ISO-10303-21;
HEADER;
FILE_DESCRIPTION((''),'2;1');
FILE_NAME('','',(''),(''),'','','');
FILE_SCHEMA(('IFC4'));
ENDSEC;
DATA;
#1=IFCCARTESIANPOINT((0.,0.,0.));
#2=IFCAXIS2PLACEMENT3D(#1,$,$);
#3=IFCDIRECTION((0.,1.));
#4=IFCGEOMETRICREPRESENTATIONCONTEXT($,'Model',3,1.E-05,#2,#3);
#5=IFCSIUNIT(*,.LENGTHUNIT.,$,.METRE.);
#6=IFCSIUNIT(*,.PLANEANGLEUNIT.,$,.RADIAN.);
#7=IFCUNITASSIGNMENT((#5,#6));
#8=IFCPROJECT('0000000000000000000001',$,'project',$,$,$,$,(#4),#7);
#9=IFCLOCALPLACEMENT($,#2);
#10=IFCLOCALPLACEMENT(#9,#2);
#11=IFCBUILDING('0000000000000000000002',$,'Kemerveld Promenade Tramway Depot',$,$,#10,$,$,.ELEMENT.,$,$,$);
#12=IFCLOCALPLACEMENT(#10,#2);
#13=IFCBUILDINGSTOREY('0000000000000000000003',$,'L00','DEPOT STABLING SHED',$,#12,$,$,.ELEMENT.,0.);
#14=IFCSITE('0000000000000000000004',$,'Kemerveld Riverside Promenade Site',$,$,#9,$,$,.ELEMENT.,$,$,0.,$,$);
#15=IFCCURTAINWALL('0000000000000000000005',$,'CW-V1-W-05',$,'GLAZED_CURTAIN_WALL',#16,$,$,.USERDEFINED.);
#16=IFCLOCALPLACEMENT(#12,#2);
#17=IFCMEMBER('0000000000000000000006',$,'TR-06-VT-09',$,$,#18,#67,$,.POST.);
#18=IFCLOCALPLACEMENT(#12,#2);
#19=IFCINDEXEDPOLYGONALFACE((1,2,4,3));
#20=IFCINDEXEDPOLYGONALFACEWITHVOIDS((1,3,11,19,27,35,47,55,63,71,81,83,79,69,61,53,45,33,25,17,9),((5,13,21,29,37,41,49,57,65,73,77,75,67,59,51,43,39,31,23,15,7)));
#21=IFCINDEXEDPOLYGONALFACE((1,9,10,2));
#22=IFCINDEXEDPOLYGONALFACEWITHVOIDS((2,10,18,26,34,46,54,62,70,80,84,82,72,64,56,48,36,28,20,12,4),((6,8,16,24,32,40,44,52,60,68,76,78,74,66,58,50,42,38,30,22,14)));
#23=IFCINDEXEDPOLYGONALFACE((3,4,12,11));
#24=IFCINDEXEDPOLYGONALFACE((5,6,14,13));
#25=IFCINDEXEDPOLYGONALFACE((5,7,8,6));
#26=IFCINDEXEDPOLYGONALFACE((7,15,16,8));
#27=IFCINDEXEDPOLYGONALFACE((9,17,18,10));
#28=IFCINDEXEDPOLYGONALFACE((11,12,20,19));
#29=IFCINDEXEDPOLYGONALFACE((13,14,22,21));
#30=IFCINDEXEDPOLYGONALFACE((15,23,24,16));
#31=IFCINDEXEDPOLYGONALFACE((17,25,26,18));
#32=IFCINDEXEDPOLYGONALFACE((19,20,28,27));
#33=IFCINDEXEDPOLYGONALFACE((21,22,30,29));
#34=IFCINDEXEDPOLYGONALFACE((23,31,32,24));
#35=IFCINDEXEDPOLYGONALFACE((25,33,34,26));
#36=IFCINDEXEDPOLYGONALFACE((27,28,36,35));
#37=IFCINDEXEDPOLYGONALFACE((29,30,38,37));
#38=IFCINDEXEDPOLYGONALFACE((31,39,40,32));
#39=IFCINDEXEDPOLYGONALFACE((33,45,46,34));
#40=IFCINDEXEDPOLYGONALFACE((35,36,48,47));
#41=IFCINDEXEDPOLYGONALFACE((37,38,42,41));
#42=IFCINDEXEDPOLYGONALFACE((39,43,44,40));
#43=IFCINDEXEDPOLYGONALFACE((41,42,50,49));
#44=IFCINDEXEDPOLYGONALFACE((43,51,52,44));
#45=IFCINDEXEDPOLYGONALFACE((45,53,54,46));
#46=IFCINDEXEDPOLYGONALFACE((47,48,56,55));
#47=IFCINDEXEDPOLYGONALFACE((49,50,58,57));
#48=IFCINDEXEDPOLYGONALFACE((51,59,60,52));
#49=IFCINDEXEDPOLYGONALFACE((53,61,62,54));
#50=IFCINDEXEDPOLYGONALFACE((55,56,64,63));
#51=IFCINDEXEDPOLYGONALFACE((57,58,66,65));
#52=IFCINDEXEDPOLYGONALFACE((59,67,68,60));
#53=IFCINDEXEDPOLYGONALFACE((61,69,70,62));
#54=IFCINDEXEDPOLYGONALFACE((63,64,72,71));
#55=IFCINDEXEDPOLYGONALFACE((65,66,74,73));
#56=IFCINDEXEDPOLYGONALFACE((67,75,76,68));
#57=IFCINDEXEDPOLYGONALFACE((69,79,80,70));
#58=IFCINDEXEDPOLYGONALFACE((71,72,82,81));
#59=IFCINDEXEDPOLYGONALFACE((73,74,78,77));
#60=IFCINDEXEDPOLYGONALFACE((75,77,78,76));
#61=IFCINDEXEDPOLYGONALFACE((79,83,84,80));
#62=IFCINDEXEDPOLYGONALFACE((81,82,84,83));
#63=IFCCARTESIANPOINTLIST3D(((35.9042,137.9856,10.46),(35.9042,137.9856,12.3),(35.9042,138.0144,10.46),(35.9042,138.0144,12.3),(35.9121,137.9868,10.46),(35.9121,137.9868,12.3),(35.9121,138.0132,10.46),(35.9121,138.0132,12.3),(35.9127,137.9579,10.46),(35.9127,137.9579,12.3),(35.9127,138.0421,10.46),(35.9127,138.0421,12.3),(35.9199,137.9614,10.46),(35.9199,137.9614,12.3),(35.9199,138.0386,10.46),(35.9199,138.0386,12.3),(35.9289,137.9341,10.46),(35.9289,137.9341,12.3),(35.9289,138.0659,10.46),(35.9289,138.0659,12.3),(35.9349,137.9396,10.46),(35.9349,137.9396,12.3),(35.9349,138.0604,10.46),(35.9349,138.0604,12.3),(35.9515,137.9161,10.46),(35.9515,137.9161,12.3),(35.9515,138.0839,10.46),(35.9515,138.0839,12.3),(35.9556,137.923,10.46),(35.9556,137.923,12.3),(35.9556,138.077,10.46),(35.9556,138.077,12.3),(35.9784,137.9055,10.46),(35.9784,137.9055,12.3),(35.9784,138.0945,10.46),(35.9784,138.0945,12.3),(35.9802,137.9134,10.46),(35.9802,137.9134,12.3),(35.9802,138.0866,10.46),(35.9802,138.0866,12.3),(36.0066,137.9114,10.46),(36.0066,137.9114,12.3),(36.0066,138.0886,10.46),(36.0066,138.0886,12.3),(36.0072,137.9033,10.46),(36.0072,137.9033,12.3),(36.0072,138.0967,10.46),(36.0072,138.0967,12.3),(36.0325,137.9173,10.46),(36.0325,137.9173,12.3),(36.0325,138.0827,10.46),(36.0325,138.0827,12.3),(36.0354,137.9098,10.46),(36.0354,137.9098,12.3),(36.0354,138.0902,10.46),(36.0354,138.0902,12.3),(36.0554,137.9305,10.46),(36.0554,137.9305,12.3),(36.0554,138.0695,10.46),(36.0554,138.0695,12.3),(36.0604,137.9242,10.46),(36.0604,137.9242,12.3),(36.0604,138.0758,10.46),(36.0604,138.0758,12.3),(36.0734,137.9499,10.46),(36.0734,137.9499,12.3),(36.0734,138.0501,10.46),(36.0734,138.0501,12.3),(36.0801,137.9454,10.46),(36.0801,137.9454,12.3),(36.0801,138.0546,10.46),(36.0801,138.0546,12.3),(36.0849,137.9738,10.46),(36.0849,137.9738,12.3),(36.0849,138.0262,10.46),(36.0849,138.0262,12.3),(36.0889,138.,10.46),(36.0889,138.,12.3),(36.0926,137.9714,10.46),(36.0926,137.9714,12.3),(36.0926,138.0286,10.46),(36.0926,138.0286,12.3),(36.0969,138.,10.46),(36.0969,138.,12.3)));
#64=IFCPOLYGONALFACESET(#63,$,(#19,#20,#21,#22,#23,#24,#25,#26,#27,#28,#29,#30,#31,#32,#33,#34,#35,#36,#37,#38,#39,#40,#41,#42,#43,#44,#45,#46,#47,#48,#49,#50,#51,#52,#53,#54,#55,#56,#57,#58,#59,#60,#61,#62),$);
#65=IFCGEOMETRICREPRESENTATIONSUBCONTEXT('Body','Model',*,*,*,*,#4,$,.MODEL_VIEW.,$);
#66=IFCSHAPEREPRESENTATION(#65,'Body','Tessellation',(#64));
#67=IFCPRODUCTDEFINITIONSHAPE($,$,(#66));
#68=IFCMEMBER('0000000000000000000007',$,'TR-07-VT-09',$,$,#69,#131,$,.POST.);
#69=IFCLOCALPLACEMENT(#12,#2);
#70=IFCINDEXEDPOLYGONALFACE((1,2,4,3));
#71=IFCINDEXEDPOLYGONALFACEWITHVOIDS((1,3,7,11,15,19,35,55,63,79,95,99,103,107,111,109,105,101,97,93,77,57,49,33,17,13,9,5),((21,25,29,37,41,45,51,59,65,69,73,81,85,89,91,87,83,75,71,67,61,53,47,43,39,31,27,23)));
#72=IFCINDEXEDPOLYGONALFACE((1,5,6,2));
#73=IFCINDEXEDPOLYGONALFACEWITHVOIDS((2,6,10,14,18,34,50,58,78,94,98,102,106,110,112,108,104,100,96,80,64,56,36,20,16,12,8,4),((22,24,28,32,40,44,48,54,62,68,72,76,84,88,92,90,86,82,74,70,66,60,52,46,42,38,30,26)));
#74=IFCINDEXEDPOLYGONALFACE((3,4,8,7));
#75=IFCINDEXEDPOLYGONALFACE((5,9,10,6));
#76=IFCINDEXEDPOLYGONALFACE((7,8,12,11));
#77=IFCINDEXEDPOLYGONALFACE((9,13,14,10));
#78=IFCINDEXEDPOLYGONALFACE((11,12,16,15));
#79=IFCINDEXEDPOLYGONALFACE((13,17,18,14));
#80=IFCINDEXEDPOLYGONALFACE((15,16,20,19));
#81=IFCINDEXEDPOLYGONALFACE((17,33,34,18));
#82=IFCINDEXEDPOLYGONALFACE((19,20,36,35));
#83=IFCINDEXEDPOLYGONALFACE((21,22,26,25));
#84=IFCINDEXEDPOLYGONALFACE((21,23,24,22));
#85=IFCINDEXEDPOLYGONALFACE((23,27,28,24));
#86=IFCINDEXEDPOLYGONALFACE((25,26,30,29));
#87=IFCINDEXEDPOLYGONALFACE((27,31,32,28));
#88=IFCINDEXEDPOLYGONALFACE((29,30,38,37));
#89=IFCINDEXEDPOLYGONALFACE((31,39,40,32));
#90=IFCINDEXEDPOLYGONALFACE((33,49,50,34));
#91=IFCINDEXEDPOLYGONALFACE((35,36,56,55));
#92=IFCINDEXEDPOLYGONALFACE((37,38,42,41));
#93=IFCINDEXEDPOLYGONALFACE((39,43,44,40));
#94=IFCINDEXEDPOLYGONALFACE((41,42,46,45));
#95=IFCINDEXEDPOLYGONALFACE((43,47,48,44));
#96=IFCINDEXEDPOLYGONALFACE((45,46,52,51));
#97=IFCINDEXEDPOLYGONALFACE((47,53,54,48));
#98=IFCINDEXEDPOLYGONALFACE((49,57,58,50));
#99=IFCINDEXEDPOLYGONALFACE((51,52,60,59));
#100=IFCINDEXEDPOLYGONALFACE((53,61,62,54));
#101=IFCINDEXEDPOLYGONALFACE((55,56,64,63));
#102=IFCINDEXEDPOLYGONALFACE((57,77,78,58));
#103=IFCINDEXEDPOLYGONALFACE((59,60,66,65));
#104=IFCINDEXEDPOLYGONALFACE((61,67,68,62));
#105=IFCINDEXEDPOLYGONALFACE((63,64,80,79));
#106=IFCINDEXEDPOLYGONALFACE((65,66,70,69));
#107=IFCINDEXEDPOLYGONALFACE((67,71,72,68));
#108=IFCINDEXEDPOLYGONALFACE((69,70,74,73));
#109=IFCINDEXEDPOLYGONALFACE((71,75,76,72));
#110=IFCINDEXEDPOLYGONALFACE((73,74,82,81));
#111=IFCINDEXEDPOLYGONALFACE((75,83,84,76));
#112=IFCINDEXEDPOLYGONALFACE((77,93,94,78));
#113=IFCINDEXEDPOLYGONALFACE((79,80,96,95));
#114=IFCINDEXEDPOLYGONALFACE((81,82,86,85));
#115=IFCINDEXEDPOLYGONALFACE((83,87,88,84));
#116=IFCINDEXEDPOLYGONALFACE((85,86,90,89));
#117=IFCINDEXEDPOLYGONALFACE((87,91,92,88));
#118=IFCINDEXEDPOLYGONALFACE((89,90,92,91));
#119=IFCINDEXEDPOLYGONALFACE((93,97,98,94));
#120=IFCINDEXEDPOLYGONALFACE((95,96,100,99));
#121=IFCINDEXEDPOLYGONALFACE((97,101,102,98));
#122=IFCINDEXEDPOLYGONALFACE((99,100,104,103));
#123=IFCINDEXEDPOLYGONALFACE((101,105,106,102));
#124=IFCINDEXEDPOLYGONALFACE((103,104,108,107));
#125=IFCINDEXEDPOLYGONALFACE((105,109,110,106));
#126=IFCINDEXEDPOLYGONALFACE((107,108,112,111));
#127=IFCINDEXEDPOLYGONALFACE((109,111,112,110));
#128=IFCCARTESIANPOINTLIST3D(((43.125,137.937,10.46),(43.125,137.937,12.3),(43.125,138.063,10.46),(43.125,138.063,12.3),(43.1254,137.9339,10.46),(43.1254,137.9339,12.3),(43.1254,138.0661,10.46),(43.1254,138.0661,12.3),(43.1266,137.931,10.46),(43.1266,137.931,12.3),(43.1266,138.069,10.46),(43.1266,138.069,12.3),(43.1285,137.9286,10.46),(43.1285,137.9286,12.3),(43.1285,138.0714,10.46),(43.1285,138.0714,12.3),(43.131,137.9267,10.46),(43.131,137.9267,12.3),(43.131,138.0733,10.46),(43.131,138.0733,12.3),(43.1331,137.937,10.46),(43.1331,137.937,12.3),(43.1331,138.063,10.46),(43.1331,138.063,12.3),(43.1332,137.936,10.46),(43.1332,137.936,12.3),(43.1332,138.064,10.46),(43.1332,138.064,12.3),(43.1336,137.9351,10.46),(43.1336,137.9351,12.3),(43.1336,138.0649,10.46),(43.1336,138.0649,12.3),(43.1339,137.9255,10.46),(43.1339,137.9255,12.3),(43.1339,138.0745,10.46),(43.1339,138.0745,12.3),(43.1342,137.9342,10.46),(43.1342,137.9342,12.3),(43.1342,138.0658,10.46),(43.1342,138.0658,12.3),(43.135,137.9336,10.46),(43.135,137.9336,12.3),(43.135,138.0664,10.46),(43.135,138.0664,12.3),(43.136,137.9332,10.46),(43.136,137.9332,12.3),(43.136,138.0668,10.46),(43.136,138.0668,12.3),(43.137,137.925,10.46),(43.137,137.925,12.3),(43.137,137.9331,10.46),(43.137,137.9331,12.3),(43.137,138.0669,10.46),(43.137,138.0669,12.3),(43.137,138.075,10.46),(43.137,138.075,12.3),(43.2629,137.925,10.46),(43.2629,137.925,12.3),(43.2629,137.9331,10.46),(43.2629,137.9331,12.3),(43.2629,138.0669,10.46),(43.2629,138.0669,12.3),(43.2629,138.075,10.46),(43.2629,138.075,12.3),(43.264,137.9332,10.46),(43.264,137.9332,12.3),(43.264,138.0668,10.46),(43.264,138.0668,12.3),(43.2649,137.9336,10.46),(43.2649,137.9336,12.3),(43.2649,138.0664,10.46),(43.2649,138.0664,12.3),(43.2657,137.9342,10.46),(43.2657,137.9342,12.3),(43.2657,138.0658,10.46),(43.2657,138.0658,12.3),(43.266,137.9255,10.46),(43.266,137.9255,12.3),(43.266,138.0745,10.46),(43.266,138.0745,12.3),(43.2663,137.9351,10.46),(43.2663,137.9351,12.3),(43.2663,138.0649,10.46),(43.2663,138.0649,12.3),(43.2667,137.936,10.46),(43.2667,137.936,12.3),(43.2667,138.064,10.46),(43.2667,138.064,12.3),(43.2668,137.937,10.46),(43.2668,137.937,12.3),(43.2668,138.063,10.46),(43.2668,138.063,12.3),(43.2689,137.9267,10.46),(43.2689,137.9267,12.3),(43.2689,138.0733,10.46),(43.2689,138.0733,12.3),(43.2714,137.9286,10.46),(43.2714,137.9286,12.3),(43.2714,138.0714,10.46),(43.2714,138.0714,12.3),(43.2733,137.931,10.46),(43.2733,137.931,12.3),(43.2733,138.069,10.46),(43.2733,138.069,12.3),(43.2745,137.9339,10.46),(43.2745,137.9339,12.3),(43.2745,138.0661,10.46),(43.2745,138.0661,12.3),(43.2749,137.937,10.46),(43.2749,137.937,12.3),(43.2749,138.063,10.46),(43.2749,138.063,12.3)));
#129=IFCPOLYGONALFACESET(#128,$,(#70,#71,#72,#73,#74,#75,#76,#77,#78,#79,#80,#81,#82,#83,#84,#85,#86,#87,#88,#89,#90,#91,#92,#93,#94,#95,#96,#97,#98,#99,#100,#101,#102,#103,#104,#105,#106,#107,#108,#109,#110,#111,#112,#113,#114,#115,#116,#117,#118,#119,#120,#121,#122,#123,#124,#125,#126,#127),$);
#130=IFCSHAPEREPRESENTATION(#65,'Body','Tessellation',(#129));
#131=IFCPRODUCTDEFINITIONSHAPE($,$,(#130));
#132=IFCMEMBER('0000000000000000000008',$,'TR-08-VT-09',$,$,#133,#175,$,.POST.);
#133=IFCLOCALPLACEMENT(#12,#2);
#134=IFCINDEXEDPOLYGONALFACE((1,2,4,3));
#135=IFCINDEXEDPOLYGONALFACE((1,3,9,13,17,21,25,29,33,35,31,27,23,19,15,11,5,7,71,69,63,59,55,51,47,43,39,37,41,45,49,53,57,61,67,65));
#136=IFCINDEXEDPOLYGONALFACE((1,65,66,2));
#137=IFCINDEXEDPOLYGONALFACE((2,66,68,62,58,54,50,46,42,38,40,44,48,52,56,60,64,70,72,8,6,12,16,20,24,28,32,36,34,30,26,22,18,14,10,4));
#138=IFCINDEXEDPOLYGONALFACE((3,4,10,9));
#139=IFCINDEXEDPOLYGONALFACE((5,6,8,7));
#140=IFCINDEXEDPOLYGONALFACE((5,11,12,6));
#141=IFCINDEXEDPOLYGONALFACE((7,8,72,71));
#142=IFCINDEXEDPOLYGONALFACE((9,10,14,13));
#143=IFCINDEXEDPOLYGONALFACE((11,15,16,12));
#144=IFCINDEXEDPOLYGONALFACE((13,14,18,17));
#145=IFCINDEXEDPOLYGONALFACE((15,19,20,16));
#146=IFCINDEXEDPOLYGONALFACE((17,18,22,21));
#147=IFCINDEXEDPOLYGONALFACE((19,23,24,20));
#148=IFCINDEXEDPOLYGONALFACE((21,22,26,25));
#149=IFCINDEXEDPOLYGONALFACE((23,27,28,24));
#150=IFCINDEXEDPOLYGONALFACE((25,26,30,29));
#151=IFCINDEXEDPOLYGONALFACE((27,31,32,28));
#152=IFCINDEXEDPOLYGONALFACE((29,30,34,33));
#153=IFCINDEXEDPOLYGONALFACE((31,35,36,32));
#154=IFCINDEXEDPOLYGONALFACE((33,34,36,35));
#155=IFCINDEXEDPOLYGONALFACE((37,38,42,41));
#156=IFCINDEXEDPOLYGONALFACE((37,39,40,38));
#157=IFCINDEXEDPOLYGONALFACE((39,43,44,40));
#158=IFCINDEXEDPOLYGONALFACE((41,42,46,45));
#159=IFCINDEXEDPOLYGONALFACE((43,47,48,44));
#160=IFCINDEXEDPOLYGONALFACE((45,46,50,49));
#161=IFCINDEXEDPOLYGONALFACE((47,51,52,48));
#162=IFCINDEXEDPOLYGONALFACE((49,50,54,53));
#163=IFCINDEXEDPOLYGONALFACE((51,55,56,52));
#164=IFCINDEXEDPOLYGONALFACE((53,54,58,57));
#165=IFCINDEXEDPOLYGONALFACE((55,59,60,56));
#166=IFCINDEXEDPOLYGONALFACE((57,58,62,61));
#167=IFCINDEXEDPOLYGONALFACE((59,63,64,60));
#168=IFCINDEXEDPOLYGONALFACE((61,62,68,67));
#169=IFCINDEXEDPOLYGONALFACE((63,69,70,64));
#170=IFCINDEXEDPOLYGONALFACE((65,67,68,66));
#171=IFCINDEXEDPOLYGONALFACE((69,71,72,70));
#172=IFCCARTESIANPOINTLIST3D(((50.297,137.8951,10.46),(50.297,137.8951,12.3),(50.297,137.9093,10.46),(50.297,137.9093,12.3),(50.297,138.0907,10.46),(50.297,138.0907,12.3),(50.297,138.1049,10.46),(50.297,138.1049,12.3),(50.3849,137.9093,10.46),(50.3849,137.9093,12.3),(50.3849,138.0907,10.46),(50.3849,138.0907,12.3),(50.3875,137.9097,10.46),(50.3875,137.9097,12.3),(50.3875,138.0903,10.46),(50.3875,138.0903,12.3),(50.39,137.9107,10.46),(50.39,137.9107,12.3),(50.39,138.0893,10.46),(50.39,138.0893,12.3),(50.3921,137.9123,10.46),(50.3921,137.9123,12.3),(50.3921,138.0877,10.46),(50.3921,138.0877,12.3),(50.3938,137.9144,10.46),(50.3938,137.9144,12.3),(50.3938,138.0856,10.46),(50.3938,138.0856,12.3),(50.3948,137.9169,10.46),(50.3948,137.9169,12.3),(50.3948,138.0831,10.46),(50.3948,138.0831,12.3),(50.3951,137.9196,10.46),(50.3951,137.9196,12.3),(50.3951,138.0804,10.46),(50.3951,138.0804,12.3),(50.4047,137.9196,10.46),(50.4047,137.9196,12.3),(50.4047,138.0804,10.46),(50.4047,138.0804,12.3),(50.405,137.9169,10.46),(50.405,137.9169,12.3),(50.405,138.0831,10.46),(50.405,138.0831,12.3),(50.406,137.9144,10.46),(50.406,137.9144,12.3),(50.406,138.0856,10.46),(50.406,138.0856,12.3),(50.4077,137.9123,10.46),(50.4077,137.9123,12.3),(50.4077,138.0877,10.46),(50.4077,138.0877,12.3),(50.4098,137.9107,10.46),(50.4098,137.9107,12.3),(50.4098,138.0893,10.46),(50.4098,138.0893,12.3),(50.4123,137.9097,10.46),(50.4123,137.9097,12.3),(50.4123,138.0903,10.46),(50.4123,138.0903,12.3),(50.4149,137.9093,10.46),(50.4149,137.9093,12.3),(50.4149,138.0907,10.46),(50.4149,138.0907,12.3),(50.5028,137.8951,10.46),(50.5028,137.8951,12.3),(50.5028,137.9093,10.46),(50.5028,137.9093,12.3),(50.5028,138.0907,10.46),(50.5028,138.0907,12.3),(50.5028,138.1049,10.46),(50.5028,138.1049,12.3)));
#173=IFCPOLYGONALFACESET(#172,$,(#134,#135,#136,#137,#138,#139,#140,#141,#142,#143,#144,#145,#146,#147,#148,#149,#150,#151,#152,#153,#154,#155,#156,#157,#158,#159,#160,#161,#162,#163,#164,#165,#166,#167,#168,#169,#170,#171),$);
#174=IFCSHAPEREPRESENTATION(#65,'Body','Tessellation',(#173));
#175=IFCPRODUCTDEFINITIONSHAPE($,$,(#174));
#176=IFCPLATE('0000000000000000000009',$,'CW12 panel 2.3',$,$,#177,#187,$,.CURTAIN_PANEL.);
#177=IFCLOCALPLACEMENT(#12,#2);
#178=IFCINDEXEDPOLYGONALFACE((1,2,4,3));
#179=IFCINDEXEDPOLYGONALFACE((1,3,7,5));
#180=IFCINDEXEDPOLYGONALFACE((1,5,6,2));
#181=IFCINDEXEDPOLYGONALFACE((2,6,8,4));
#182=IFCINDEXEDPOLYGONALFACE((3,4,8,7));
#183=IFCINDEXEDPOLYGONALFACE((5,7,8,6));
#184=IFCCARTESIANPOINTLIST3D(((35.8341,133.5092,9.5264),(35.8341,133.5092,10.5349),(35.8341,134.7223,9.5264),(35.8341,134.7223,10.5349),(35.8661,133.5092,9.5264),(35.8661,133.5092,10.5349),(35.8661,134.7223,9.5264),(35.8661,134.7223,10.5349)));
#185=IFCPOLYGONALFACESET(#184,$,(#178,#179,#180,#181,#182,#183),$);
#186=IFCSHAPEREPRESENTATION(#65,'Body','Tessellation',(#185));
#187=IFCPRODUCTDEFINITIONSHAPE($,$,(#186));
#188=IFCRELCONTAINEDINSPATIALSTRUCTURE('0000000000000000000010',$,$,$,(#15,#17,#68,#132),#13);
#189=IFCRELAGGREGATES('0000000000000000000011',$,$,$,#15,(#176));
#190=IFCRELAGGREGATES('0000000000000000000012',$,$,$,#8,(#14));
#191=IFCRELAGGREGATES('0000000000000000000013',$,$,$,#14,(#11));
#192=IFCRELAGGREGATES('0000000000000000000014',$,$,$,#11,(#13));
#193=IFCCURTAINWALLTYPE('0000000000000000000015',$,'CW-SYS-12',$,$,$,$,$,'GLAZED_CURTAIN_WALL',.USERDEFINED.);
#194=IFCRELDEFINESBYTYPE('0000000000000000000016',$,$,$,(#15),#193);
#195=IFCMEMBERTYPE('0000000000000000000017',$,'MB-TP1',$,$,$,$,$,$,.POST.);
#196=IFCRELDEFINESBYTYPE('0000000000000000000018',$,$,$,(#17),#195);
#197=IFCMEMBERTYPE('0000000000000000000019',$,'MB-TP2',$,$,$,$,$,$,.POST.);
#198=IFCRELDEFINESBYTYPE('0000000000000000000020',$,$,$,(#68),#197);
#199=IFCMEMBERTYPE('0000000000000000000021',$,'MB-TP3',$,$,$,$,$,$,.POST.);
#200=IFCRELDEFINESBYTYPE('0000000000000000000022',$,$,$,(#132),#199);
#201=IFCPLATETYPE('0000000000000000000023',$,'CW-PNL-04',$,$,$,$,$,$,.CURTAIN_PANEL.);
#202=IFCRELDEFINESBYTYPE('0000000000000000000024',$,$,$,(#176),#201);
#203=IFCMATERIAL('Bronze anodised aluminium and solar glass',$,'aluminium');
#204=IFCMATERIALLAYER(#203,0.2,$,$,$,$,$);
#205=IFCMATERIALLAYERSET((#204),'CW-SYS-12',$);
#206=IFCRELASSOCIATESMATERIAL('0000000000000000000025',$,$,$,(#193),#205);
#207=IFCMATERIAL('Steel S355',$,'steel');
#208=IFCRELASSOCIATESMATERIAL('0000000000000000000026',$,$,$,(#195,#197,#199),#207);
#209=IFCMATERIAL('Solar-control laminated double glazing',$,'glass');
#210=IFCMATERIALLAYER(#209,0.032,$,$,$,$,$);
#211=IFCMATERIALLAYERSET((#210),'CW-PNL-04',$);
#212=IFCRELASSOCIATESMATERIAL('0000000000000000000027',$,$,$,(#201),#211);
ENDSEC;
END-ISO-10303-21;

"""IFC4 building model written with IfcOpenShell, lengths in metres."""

from ifc_helpers import new_model, si_unit, direction, frame, origin, origin_2d, place, context, subcontext, project, spatial, rectangle, hollow_rectangle, hollow_circle, i_section, extrude, material, layer, layer_set, material_profile, profile_set, type_object, element, aggregate, save


model = new_model("IFC4")

# Units and contexts
model_context = context("Model", 3, precision=1e-05, world=origin(), true_north=direction((0.0, 1.0)))
body_context = subcontext(model_context, "Body", "Model", "MODEL_VIEW")
ifc_project = project(units=[si_unit("LENGTHUNIT", "METRE"), si_unit("PLANEANGLEUNIT", "RADIAN")], contexts=[model_context])

# Site, building, storey
site_placement = place(None, origin())
site = spatial("IfcSite", under=ifc_project, at=site_placement, Name="Kemerveld Riverside Promenade Site", CompositionType="ELEMENT", RefElevation=0.0)
building_placement = place(site_placement, origin())
building = spatial("IfcBuilding", under=site, at=building_placement, Name="Kemerveld Promenade Tramway Depot", CompositionType="ELEMENT")
storey_placement = place(building_placement, origin())
storey = spatial("IfcBuildingStorey", under=building, at=storey_placement, Name="L00", Description="DEPOT STABLING SHED", CompositionType="ELEMENT", Elevation=0.0)

# Curtain wall
ifc_material_1 = material(Name="Bronze anodised aluminium and solar glass", Category="aluminium")
ifc_layer_1 = layer(ifc_material_1, 0.2)
ifc_layer_set_1 = layer_set([ifc_layer_1], Name="CW-SYS-12")
curtain_wall_type = type_object("IfcCurtainWallType", Name="CW-SYS-12", ElementType="GLAZED_CURTAIN_WALL", PredefinedType="USERDEFINED", material=ifc_layer_set_1)
curtain_wall_placement = place(storey_placement, origin())
curtain_wall = element("IfcCurtainWall", 1, at=curtain_wall_placement, inside=storey, type_object=curtain_wall_type, Name="CW-V1-W-05", ObjectType="GLAZED_CURTAIN_WALL", PredefinedType="USERDEFINED")

# Members
ifc_material_2 = material(Name="Steel S355", Category="steel")
ifc_material_profile_1 = material_profile(ifc_material_2, hollow_circle(Radius=0.0969, WallThickness=0.0081, at=origin_2d()), Name="193.7x8.0 CHS")
ifc_profile_set_1 = profile_set([ifc_material_profile_1], Name="Steel S355")
member_type_1 = type_object("IfcMemberType", Name="MB-TP1", PredefinedType="POST", material=ifc_profile_set_1)
member_1_placement = place(storey_placement, frame((36.0, 138.0, 10.46), z_axis=(0.0, 0.0, 1.0), x_axis=(1.0, 0.0, 0.0)))
element("IfcMember", 2, at=member_1_placement, inside=storey, type_object=member_type_1, Name="TR-06-VT-09", PredefinedType="POST", context=body_context, shape_type="SweptSolid", body=[
    extrude(hollow_circle(Radius=0.0969, WallThickness=0.0081, at=origin_2d()), origin(), (0.0, 0.0, 1.0), 1.8401),
])
ifc_material_profile_2 = material_profile(ifc_material_2, hollow_rectangle(XDim=0.1499, YDim=0.1499, WallThickness=0.0081, InnerFilletRadius=0.0039, OuterFilletRadius=0.012, at=origin_2d()), Name="150x150x8.0 SHS")
ifc_profile_set_2 = profile_set([ifc_material_profile_2], Name="Steel S355")
member_type_2 = type_object("IfcMemberType", Name="MB-TP2", PredefinedType="POST", material=ifc_profile_set_2)
member_2_placement = place(storey_placement, frame((43.2, 138.0, 10.46), z_axis=(0.0, 0.0, 1.0), x_axis=(1.0, 0.0, 0.0)))
element("IfcMember", 3, at=member_2_placement, inside=storey, type_object=member_type_2, Name="TR-07-VT-09", PredefinedType="POST", context=body_context, shape_type="SweptSolid", body=[
    extrude(hollow_rectangle(XDim=0.1499, YDim=0.1499, WallThickness=0.0081, InnerFilletRadius=0.0039, OuterFilletRadius=0.012, at=origin_2d()), origin(), (0.0, 0.0, 1.0), 1.8401),
])
ifc_material_profile_3 = material_profile(ifc_material_2, i_section(OverallWidth=0.2058, OverallDepth=0.2097, WebThickness=0.0095, FlangeThickness=0.0142, FilletRadius=0.0103, at=origin_2d()), Name="203x203x60 UC")
ifc_profile_set_3 = profile_set([ifc_material_profile_3], Name="Steel S355")
member_type_3 = type_object("IfcMemberType", Name="MB-TP3", PredefinedType="POST", material=ifc_profile_set_3)
member_3_placement = place(storey_placement, frame((50.3999, 138.0, 10.46), z_axis=(0.0, 0.0, 1.0), x_axis=(1.0, 0.0, 0.0)))
element("IfcMember", 4, at=member_3_placement, inside=storey, type_object=member_type_3, Name="TR-08-VT-09", PredefinedType="POST", context=body_context, shape_type="SweptSolid", body=[
    extrude(i_section(OverallWidth=0.2058, OverallDepth=0.2097, WebThickness=0.0095, FlangeThickness=0.0142, FilletRadius=0.0103, at=origin_2d()), origin(), (0.0, 0.0, 1.0), 1.8401),
])

# Plate
ifc_material_3 = material(Name="Solar-control laminated double glazing", Category="glass")
ifc_layer_2 = layer(ifc_material_3, 0.032)
ifc_layer_set_2 = layer_set([ifc_layer_2], Name="CW-PNL-04")
plate_type_1 = type_object("IfcPlateType", Name="CW-PNL-04", PredefinedType="CURTAIN_PANEL", material=ifc_layer_set_2)
plate_1_placement = place(storey_placement, frame((35.8501, 134.1157, 9.5264), z_axis=(0.0, 0.0, 1.0), x_axis=(0.0, 1.0, 0.0)))
plate_1 = element("IfcPlate", 5, at=plate_1_placement, type_object=plate_type_1, Name="CW12 panel 2.3", PredefinedType="CURTAIN_PANEL", context=body_context, shape_type="SweptSolid", body=[
    extrude(rectangle(XDim=1.2131, YDim=0.032, at=origin_2d()), origin(), (0.0, 0.0, 1.0), 1.0085),
])
aggregate(curtain_wall, [plate_1])

save(model, "model.ifc")
